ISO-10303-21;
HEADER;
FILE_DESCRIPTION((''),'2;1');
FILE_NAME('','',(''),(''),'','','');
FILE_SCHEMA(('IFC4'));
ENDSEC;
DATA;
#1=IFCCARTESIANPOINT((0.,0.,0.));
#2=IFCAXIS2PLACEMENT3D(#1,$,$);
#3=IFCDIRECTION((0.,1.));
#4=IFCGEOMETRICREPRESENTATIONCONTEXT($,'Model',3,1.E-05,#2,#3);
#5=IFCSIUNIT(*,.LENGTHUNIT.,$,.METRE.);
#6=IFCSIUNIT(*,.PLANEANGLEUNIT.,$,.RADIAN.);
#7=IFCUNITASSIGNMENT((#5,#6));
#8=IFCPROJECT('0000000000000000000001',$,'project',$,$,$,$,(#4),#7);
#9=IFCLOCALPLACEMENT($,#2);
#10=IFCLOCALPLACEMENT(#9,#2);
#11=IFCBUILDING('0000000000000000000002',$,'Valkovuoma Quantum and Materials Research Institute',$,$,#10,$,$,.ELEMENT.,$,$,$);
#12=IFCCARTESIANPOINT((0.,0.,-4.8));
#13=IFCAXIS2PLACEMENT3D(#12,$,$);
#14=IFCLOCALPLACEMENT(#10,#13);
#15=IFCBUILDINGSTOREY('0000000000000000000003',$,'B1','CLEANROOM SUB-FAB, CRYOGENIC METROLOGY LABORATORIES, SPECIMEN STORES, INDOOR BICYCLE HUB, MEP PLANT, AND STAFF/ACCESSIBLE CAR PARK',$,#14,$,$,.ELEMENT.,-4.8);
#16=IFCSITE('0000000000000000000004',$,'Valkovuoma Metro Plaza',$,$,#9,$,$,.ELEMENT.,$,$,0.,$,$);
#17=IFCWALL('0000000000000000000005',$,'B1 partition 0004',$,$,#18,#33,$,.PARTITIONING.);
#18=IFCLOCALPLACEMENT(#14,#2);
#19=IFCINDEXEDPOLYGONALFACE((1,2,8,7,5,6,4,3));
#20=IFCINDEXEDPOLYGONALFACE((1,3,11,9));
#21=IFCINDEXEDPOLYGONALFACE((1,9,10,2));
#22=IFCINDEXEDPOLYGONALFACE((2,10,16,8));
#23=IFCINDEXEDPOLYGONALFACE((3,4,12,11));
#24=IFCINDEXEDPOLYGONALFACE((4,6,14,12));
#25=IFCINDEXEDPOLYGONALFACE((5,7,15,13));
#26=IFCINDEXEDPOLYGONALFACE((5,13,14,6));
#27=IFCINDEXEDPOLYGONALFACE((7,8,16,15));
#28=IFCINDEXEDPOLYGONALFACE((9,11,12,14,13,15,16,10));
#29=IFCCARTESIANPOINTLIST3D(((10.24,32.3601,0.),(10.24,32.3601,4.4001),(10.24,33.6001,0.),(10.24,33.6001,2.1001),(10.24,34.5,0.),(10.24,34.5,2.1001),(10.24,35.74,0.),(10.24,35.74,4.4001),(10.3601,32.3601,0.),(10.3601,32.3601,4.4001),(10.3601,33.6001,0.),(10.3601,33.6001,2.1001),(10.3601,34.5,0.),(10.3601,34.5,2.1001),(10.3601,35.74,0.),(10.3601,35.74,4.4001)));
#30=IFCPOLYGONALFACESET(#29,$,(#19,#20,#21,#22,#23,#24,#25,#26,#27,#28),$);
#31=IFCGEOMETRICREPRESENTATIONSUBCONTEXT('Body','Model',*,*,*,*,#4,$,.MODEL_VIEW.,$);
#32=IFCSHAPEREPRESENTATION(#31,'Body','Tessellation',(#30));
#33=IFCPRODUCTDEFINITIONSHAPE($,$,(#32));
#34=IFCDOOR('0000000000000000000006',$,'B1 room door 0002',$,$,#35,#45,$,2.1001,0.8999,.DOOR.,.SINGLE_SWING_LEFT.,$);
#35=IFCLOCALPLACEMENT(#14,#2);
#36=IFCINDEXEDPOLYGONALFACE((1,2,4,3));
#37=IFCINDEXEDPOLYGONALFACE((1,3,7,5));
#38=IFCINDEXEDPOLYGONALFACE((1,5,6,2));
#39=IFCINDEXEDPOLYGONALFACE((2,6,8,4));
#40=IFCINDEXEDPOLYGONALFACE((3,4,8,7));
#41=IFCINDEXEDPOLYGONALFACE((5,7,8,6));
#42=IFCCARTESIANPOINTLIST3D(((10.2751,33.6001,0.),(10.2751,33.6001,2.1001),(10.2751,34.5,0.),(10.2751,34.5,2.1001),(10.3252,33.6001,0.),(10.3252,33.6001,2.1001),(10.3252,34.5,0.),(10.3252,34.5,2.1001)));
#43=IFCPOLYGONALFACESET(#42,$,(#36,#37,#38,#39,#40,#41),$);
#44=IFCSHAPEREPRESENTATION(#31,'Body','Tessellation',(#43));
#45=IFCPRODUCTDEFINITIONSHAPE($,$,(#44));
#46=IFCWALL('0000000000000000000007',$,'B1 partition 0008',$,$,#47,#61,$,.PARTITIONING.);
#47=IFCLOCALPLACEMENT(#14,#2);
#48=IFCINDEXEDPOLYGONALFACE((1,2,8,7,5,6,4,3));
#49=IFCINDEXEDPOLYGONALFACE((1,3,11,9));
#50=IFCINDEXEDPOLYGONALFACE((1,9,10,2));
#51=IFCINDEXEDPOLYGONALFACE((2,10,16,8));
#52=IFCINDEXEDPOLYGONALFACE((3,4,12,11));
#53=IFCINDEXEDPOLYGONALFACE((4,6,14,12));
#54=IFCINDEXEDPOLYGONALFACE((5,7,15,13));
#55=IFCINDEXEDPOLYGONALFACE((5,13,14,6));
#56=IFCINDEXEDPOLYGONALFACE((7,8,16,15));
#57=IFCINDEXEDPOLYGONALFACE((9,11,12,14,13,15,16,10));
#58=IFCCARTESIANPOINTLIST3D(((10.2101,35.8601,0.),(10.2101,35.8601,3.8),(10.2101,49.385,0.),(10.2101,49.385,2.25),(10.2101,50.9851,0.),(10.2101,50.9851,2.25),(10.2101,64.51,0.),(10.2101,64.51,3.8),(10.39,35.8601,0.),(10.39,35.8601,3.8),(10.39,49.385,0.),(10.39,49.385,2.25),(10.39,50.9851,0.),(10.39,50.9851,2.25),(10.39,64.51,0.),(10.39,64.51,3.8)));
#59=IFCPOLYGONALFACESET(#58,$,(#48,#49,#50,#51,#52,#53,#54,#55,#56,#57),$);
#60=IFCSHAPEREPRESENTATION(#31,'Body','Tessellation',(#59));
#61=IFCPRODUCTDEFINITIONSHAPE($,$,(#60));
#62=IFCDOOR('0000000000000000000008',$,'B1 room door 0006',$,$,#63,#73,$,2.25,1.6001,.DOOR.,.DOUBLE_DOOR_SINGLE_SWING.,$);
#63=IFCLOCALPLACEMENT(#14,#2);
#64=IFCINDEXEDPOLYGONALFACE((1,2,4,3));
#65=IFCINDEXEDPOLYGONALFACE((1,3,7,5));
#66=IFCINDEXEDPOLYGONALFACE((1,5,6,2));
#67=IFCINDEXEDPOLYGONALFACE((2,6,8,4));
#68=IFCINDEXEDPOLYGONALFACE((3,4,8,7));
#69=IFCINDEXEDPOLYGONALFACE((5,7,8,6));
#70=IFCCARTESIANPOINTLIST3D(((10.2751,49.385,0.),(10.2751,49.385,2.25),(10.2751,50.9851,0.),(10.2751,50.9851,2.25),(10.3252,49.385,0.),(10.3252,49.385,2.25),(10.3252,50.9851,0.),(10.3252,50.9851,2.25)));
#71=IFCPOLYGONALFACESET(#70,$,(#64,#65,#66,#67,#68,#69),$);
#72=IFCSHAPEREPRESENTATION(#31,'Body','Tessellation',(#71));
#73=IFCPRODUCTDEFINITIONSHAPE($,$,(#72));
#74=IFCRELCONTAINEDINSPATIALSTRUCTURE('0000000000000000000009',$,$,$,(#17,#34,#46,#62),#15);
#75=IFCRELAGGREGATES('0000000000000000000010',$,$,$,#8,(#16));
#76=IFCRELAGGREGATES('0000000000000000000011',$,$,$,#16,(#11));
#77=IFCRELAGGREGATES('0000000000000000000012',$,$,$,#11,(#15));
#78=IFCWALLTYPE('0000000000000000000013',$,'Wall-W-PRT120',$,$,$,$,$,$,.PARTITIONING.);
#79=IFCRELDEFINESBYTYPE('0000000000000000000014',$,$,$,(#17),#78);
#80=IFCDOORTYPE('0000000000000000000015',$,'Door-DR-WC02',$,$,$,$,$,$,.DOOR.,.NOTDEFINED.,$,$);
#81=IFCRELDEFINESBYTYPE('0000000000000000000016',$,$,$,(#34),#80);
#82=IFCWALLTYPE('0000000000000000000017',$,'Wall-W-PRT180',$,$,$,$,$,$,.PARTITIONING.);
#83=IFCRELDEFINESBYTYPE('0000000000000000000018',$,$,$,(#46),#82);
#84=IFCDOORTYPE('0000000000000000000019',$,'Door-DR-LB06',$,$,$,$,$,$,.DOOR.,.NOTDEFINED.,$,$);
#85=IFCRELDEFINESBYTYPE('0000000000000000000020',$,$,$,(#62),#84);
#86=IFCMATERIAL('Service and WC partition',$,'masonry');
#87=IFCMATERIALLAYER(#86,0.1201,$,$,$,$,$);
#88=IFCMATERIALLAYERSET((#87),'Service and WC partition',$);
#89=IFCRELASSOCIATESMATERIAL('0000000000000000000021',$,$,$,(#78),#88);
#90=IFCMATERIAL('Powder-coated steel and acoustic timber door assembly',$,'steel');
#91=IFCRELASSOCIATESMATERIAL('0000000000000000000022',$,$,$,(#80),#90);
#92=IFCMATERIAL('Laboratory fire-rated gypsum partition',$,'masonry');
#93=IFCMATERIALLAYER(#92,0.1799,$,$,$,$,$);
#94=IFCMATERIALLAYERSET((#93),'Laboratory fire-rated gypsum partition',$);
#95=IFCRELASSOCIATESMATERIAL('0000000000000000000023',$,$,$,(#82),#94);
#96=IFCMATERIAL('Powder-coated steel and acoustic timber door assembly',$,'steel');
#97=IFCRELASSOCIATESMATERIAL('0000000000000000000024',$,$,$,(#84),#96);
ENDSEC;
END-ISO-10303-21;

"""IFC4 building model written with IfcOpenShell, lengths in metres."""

from ifc_helpers import new_model, si_unit, direction, frame, frame_2d, origin, place, context, subcontext, project, spatial, rectangle, extrude, material, layer, layer_set, type_object, element, fill, save


model = new_model("IFC4")

# Units and contexts
model_context = context("Model", 3, precision=1e-05, world=origin(), true_north=direction((0.0, 1.0)))
body_context = subcontext(model_context, "Body", "Model", "MODEL_VIEW")
ifc_project = project(units=[si_unit("LENGTHUNIT", "METRE"), si_unit("PLANEANGLEUNIT", "RADIAN")], contexts=[model_context])

# Site, building, storey
site_placement = place(None, origin())
site = spatial("IfcSite", under=ifc_project, at=site_placement, Name="Valkovuoma Metro Plaza", CompositionType="ELEMENT", RefElevation=0.0)
building_placement = place(site_placement, origin())
building = spatial("IfcBuilding", under=site, at=building_placement, Name="Valkovuoma Quantum and Materials Research Institute", CompositionType="ELEMENT")
storey_placement = place(building_placement, frame((0.0, 0.0, -4.8)))
storey = spatial("IfcBuildingStorey", under=building, at=storey_placement, Name="B1", Description="CLEANROOM SUB-FAB, CRYOGENIC METROLOGY LABORATORIES, SPECIMEN STORES, INDOOR BICYCLE HUB, MEP PLANT, AND STAFF/ACCESSIBLE CAR PARK", CompositionType="ELEMENT", Elevation=-4.8)

# Shared definitions
ifc_material_1 = material(Name="Service and WC partition", Category="masonry")
ifc_layer_1 = layer(ifc_material_1, 0.1201)
ifc_layer_set_1 = layer_set([ifc_layer_1], Name="Service and WC partition")
wall_type_1 = type_object("IfcWallType", Name="Wall-W-PRT120", PredefinedType="PARTITIONING", material=ifc_layer_set_1)

# Walls, openings, doors
wall_1_placement = place(storey_placement, frame((10.3, 32.3601, 0.0), z_axis=(0.0, 0.0, 1.0), x_axis=(0.0, 1.0, 0.0)))
wall_1 = element("IfcWall", 1, at=wall_1_placement, inside=storey, type_object=wall_type_1, Name="B1 partition 0004", PredefinedType="PARTITIONING", context=body_context, shape_type="SweptSolid", body=[
    extrude(rectangle(XDim=3.3799, YDim=0.1201, at=frame_2d((1.6899, 0.0))), origin(), (0.0, 0.0, 1.0), 4.4001),
])
opening_1_placement = place(wall_1_placement, frame((1.24, 0.0, 0.0)))
opening_1 = element("IfcOpeningElement", 2, at=opening_1_placement, cuts=wall_1, PredefinedType="OPENING", context=body_context, shape_type="SweptSolid", body=[
    extrude(rectangle(XDim=0.8999, YDim=2.1001, at=frame_2d((0.45, 1.05))), frame((0.0, 0.0701, 0.0), z_axis=(0.0, -1.0, 0.0), x_axis=(1.0, 0.0, 0.0)), (0.0, 0.0, 1.0), 0.1401),
])
ifc_material_2 = material(Name="Powder-coated steel and acoustic timber door assembly", Category="steel")
door_type_1 = type_object("IfcDoorType", Name="Door-DR-WC02", OperationType="NOTDEFINED", PredefinedType="DOOR", material=ifc_material_2)
door_1_placement = place(opening_1_placement, origin())
door_1 = element("IfcDoor", 3, at=door_1_placement, inside=storey, type_object=door_type_1, Name="B1 room door 0002", OperationType="SINGLE_SWING_LEFT", OverallHeight=2.1001, OverallWidth=0.8999, PredefinedType="DOOR", context=body_context, shape_type="SweptSolid", body=[
    extrude(rectangle(XDim=0.8999, YDim=2.1001, at=frame_2d((0.45, 1.05))), frame((0.0, 0.0249, 0.0), z_axis=(0.0, -1.0, 0.0), x_axis=(1.0, 0.0, 0.0)), (0.0, 0.0, 1.0), 0.05),
])
fill(opening_1, door_1)
ifc_material_3 = material(Name="Laboratory fire-rated gypsum partition", Category="masonry")
ifc_layer_2 = layer(ifc_material_3, 0.1799)
ifc_layer_set_2 = layer_set([ifc_layer_2], Name="Laboratory fire-rated gypsum partition")
wall_type_2 = type_object("IfcWallType", Name="Wall-W-PRT180", PredefinedType="PARTITIONING", material=ifc_layer_set_2)
wall_2_placement = place(storey_placement, frame((10.3, 35.8601, 0.0), z_axis=(0.0, 0.0, 1.0), x_axis=(0.0, 1.0, 0.0)))
wall_2 = element("IfcWall", 4, at=wall_2_placement, inside=storey, type_object=wall_type_2, Name="B1 partition 0008", PredefinedType="PARTITIONING", context=body_context, shape_type="SweptSolid", body=[
    extrude(rectangle(XDim=28.6499, YDim=0.1799, at=frame_2d((14.325, 0.0))), origin(), (0.0, 0.0, 1.0), 3.8),
])
opening_2_placement = place(wall_2_placement, frame((13.5249, 0.0, 0.0)))
opening_2 = element("IfcOpeningElement", 5, at=opening_2_placement, cuts=wall_2, PredefinedType="OPENING", context=body_context, shape_type="SweptSolid", body=[
    extrude(rectangle(XDim=1.6001, YDim=2.25, at=frame_2d((0.8, 1.125))), frame((0.0, 0.1001, 0.0), z_axis=(0.0, -1.0, 0.0), x_axis=(1.0, 0.0, 0.0)), (0.0, 0.0, 1.0), 0.2),
])
ifc_material_4 = material(Name="Powder-coated steel and acoustic timber door assembly", Category="steel")
door_type_2 = type_object("IfcDoorType", Name="Door-DR-LB06", OperationType="NOTDEFINED", PredefinedType="DOOR", material=ifc_material_4)
door_2_placement = place(opening_2_placement, origin())
door_2 = element("IfcDoor", 6, at=door_2_placement, inside=storey, type_object=door_type_2, Name="B1 room door 0006", OperationType="DOUBLE_DOOR_SINGLE_SWING", OverallHeight=2.25, OverallWidth=1.6001, PredefinedType="DOOR", context=body_context, shape_type="SweptSolid", body=[
    extrude(rectangle(XDim=1.6001, YDim=2.25, at=frame_2d((0.8, 1.125))), frame((0.0, 0.0249, 0.0), z_axis=(0.0, -1.0, 0.0), x_axis=(1.0, 0.0, 0.0)), (0.0, 0.0, 1.0), 0.05),
])
fill(opening_2, door_2)

save(model, "model.ifc")
